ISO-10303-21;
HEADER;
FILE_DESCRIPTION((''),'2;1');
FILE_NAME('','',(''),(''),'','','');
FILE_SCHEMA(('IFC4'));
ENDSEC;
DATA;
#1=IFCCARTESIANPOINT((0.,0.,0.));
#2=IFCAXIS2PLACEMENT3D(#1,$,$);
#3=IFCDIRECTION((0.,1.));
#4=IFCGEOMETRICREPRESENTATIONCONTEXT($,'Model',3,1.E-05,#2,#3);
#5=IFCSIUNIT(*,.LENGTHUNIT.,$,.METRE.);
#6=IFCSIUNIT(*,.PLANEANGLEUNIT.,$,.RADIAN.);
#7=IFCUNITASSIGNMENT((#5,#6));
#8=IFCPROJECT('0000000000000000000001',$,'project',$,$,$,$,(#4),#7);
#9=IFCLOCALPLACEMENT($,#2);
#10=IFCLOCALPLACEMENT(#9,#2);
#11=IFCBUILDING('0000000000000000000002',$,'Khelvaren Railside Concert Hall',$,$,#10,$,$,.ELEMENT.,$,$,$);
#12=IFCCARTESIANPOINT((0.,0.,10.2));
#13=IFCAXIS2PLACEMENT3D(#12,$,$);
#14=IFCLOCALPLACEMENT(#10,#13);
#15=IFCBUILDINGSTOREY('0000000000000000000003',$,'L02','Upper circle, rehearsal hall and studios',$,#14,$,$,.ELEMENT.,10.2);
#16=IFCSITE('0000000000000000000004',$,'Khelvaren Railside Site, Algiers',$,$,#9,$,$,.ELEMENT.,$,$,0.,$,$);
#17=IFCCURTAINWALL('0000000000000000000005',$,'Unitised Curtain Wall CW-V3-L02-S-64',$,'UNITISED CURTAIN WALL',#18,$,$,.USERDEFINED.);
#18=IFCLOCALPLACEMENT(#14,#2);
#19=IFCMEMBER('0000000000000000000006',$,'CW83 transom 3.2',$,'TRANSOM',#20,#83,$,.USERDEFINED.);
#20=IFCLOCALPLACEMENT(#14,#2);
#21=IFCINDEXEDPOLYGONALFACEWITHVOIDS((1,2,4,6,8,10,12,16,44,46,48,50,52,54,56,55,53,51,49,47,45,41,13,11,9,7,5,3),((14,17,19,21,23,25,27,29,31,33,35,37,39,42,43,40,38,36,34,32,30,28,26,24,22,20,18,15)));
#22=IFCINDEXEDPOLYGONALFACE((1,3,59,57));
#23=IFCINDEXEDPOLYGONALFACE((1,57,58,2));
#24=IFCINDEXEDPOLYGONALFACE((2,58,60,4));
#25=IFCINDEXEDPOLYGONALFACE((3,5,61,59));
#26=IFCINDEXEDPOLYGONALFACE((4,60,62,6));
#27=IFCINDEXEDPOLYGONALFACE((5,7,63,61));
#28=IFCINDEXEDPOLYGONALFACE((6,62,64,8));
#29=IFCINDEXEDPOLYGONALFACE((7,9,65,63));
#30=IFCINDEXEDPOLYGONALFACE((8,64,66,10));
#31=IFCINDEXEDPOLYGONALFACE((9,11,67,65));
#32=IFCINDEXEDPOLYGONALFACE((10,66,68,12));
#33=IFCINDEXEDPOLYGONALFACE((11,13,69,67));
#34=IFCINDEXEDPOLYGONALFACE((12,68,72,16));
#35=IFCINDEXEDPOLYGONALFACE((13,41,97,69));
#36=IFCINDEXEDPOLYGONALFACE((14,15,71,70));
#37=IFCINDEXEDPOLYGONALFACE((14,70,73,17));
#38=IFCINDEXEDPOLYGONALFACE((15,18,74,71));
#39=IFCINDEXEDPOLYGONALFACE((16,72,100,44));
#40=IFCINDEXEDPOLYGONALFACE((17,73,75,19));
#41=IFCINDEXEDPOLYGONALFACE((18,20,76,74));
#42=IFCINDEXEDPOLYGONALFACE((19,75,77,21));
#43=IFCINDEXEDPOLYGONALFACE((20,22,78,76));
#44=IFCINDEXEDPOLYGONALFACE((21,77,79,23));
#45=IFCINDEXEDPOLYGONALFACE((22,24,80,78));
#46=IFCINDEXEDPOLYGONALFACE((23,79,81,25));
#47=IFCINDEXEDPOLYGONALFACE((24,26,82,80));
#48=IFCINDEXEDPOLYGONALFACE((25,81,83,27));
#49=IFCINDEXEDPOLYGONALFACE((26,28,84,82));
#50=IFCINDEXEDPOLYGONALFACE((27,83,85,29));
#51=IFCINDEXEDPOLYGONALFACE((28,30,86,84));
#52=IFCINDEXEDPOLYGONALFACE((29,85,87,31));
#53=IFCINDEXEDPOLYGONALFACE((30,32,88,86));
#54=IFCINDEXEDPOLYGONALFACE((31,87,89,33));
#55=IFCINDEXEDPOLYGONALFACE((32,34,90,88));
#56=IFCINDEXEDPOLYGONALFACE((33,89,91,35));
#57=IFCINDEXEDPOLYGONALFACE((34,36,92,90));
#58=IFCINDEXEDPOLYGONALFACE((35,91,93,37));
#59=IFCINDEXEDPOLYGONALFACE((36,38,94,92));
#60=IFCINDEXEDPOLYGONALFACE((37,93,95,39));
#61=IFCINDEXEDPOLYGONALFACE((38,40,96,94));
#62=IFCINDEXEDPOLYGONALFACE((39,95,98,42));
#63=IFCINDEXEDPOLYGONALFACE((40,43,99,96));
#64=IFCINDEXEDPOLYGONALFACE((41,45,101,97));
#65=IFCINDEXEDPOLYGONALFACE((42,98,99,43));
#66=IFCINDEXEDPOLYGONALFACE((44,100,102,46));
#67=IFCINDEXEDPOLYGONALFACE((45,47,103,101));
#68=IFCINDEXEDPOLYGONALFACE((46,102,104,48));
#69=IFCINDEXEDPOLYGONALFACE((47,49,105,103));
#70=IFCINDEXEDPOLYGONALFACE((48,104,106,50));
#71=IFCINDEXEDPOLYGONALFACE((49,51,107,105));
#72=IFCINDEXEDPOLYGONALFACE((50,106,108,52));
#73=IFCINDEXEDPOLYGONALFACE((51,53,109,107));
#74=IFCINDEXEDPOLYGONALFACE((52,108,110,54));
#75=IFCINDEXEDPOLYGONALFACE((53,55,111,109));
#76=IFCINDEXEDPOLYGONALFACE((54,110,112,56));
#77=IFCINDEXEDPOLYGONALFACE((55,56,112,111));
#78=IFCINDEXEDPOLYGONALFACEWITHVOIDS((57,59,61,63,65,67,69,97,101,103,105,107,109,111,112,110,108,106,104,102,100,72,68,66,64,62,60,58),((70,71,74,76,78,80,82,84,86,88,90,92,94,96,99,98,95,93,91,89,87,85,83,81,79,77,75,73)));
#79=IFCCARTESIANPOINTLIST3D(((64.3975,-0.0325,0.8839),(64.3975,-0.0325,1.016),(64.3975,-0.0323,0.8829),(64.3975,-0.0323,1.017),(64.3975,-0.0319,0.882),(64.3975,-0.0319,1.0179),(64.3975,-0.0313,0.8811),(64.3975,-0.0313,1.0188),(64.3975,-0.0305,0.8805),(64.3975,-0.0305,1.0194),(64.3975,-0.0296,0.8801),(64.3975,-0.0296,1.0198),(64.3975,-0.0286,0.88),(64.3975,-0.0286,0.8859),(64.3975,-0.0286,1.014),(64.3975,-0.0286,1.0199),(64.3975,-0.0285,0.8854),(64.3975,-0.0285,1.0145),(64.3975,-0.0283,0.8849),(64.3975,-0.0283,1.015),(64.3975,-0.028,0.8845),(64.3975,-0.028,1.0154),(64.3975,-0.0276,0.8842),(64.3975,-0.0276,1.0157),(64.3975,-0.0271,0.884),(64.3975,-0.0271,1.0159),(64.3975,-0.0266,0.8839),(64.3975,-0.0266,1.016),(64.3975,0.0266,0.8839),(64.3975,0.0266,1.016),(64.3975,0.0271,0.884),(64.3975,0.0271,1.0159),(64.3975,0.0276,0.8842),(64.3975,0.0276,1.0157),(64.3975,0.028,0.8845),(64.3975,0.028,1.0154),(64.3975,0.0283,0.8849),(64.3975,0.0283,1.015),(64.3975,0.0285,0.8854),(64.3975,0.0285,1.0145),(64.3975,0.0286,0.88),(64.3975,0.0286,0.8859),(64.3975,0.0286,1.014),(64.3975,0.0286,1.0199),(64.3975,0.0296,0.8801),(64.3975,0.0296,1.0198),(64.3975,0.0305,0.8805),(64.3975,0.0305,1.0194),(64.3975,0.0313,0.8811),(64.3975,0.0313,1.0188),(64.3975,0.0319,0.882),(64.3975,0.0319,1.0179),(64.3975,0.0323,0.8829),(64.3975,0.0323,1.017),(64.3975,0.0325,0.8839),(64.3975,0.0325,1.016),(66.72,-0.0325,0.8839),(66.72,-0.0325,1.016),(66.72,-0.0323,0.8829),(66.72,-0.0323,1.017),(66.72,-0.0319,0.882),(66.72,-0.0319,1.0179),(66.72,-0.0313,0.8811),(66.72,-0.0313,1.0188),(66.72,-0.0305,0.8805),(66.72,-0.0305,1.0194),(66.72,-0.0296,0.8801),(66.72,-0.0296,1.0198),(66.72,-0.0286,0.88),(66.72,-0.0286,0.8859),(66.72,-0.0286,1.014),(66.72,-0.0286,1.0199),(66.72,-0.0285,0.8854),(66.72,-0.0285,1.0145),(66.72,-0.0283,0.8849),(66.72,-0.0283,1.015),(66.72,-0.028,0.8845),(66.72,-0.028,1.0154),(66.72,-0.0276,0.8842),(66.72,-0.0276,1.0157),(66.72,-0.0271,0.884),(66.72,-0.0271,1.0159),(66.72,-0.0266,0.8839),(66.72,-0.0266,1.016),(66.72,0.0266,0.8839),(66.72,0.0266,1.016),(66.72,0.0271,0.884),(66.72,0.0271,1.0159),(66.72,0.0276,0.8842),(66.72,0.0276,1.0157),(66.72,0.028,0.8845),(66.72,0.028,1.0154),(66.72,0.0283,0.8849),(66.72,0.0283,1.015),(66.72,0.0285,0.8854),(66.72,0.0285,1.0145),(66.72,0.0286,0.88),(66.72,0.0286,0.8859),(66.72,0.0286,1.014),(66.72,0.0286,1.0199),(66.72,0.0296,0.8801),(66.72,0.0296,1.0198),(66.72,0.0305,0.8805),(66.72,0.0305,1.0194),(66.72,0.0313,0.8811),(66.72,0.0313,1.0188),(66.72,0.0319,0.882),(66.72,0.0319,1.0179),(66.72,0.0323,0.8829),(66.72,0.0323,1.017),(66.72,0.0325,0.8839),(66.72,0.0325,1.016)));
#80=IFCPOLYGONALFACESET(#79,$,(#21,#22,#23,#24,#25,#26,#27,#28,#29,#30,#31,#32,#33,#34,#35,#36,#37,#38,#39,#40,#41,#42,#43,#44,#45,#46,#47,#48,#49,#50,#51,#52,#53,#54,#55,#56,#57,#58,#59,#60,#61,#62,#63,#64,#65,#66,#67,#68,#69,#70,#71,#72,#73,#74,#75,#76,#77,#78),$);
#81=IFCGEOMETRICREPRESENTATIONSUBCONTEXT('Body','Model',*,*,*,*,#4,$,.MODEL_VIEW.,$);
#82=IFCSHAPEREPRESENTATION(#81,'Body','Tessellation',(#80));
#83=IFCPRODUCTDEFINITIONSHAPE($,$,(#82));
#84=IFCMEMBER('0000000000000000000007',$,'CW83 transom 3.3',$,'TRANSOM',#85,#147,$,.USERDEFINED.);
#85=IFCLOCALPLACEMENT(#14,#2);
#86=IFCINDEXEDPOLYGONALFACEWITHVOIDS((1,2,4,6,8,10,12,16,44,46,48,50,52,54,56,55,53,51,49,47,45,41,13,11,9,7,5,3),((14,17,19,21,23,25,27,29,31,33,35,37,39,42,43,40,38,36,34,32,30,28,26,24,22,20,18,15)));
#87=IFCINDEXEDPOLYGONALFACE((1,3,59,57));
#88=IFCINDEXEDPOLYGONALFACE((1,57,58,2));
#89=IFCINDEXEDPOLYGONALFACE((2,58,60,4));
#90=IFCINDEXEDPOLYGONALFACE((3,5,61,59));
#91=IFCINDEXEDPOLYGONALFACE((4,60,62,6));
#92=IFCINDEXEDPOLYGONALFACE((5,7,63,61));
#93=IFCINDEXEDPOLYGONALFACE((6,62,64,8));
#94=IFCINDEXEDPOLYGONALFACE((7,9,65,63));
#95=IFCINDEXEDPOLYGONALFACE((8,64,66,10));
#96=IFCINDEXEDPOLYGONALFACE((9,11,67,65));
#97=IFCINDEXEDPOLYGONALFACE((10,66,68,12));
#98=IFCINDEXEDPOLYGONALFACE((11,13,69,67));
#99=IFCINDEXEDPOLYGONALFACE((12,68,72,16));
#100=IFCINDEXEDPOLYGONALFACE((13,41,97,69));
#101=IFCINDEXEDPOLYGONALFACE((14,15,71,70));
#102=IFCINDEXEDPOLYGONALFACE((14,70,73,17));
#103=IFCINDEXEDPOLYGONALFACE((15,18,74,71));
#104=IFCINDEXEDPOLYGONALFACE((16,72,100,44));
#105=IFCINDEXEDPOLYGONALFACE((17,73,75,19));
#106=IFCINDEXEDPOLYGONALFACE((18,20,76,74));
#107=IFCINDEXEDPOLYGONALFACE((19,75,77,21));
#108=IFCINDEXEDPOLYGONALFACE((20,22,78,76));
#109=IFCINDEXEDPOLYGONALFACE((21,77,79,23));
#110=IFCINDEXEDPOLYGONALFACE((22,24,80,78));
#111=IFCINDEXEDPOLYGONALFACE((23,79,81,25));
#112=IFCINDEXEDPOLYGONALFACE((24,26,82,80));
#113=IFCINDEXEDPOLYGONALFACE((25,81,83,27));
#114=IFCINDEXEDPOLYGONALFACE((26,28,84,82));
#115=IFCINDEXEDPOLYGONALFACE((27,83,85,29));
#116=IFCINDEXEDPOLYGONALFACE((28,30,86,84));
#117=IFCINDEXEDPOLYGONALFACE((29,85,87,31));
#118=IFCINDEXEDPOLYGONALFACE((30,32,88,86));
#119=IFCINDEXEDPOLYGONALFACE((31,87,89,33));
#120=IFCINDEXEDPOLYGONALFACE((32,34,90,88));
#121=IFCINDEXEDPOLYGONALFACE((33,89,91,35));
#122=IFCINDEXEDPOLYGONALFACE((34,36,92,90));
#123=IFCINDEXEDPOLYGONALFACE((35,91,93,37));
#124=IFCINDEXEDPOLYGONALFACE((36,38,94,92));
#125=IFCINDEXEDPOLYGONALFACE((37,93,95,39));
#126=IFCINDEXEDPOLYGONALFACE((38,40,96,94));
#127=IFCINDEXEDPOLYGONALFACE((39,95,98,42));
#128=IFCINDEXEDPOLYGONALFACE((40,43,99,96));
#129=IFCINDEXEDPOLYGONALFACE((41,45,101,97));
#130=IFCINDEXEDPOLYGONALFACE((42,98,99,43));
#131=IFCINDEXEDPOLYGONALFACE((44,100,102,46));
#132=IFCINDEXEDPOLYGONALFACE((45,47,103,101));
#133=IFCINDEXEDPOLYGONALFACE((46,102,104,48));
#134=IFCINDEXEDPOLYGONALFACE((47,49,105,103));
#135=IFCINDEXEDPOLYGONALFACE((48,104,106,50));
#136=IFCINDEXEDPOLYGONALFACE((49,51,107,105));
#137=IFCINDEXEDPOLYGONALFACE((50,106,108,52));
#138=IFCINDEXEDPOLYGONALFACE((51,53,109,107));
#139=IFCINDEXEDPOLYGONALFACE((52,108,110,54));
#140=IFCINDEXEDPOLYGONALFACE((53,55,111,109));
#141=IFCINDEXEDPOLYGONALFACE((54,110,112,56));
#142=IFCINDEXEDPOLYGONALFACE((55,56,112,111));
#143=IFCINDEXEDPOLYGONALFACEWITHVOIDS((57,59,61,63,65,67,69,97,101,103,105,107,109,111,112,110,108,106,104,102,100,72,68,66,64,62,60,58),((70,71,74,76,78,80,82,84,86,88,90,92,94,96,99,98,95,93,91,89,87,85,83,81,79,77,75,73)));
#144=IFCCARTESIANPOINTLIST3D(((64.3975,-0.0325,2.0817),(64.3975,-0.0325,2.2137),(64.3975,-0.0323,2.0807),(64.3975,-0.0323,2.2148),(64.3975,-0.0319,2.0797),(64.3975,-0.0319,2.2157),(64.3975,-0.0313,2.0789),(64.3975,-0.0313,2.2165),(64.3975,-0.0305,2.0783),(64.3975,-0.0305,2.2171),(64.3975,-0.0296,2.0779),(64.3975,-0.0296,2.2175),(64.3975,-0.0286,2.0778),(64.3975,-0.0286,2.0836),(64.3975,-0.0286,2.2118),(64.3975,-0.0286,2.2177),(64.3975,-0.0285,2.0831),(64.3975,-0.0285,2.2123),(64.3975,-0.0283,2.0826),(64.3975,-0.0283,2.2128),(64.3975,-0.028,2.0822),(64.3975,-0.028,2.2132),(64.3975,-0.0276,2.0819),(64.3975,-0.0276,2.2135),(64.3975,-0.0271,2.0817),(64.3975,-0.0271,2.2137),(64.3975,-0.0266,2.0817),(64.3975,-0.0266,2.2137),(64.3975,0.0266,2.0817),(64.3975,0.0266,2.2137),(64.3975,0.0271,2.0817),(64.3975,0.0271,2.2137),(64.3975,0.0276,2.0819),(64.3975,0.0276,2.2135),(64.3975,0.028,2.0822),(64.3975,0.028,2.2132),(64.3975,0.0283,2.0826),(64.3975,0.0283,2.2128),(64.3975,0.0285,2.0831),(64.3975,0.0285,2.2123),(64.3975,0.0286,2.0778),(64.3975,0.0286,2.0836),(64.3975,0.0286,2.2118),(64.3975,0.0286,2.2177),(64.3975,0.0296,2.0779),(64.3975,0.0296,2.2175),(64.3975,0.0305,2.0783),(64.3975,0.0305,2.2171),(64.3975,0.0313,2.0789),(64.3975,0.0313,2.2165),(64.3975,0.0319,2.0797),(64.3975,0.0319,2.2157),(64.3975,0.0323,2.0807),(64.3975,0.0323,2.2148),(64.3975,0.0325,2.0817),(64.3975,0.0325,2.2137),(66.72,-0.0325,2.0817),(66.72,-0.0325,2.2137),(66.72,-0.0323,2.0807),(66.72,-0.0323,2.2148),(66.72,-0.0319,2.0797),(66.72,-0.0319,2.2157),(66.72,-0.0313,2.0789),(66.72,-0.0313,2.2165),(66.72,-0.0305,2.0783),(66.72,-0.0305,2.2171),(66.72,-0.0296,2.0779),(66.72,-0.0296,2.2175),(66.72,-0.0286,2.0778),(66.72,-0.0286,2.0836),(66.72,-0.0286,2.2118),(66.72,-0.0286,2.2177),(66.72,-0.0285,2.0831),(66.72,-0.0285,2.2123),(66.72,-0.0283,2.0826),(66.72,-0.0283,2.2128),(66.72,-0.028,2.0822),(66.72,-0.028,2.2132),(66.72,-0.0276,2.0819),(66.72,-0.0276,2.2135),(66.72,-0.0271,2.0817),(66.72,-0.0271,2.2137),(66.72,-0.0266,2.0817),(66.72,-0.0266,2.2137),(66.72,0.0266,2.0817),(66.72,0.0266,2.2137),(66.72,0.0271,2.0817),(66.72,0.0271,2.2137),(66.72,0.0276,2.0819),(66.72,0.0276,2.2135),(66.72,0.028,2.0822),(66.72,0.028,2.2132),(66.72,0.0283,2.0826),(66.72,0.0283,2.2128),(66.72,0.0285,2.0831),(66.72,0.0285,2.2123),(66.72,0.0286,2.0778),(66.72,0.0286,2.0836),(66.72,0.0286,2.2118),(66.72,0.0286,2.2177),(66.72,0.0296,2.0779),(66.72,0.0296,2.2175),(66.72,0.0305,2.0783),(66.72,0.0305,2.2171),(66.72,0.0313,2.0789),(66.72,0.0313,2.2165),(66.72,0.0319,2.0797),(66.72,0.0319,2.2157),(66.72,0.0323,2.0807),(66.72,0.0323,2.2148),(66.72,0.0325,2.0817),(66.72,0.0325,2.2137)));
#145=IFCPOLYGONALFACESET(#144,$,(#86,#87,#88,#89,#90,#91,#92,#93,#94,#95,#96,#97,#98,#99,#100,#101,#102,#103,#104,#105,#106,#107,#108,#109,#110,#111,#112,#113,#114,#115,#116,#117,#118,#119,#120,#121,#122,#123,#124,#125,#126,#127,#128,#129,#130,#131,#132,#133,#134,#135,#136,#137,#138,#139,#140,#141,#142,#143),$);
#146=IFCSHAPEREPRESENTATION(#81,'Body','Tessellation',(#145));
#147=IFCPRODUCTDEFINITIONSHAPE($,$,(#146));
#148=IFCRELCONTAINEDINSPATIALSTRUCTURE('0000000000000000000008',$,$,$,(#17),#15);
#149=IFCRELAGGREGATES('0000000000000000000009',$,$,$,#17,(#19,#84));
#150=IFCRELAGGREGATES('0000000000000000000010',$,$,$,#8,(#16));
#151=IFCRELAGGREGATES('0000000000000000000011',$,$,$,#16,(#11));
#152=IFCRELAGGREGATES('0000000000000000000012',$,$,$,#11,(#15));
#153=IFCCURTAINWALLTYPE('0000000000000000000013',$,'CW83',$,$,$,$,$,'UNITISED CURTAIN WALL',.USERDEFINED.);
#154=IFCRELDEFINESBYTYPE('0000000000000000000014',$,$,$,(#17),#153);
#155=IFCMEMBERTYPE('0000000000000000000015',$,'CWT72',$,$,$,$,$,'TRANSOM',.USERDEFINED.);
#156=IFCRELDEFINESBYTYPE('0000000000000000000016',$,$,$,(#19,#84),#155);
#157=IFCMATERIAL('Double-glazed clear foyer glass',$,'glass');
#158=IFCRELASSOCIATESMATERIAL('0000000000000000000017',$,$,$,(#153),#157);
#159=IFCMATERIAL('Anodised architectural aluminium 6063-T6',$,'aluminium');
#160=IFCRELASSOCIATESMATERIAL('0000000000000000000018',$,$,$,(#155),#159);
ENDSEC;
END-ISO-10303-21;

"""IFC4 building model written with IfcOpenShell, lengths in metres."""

from ifc_helpers import new_model, si_unit, direction, frame, origin, origin_2d, place, context, subcontext, project, spatial, hollow_rectangle, extrude, material, material_profile, profile_set, type_object, element, aggregate, save


model = new_model("IFC4")

# Units and contexts
model_context = context("Model", 3, precision=1e-05, world=origin(), true_north=direction((0.0, 1.0)))
body_context = subcontext(model_context, "Body", "Model", "MODEL_VIEW")
ifc_project = project(units=[si_unit("LENGTHUNIT", "METRE"), si_unit("PLANEANGLEUNIT", "RADIAN")], contexts=[model_context])

# Site, building, storey
site_placement = place(None, origin())
site = spatial("IfcSite", under=ifc_project, at=site_placement, Name="Khelvaren Railside Site, Algiers", CompositionType="ELEMENT", RefElevation=0.0)
building_placement = place(site_placement, origin())
building = spatial("IfcBuilding", under=site, at=building_placement, Name="Khelvaren Railside Concert Hall", CompositionType="ELEMENT")
storey_placement = place(building_placement, frame((0.0, 0.0, 10.2)))
storey = spatial("IfcBuildingStorey", under=building, at=storey_placement, Name="L02", Description="Upper circle, rehearsal hall and studios", CompositionType="ELEMENT", Elevation=10.2)

# Curtain wall, members
ifc_material_1 = material(Name="Double-glazed clear foyer glass", Category="glass")
curtain_wall_type = type_object("IfcCurtainWallType", Name="CW83", ElementType="UNITISED CURTAIN WALL", PredefinedType="USERDEFINED", material=ifc_material_1)
curtain_wall_placement = place(storey_placement, origin())
curtain_wall = element("IfcCurtainWall", 1, at=curtain_wall_placement, inside=storey, type_object=curtain_wall_type, Name="Unitised Curtain Wall CW-V3-L02-S-64", ObjectType="UNITISED CURTAIN WALL", PredefinedType="USERDEFINED")
ifc_material_2 = material(Name="Anodised architectural aluminium 6063-T6", Category="aluminium")
ifc_material_profile_1 = material_profile(ifc_material_2, hollow_rectangle(XDim=0.0649, YDim=0.1399, WallThickness=0.0039, InnerFilletRadius=0.002, OuterFilletRadius=0.0039, at=origin_2d()), Name="CWT 65x140x4")
ifc_profile_set_1 = profile_set([ifc_material_profile_1], Name="Anodised architectural aluminium 6063-T6")
member_type_1 = type_object("IfcMemberType", Name="CWT72", ElementType="TRANSOM", PredefinedType="USERDEFINED", material=ifc_profile_set_1)
member_1_placement = place(storey_placement, frame((66.72, 0.0, 0.95), z_axis=(-1.0, 0.0, 0.0), x_axis=(0.0, -1.0, 0.0)))
member_1 = element("IfcMember", 2, at=member_1_placement, type_object=member_type_1, Name="CW83 transom 3.2", ObjectType="TRANSOM", PredefinedType="USERDEFINED", context=body_context, shape_type="SweptSolid", body=[
    extrude(hollow_rectangle(XDim=0.0649, YDim=0.1399, WallThickness=0.0039, InnerFilletRadius=0.002, OuterFilletRadius=0.0039, at=origin_2d()), origin(), (0.0, 0.0, 1.0), 2.3225),
])
member_2_placement = place(storey_placement, frame((66.72, 0.0, 2.1477), z_axis=(-1.0, 0.0, 0.0), x_axis=(0.0, -1.0, 0.0)))
member_2 = element("IfcMember", 3, at=member_2_placement, type_object=member_type_1, Name="CW83 transom 3.3", ObjectType="TRANSOM", PredefinedType="USERDEFINED", context=body_context, shape_type="SweptSolid", body=[
    extrude(hollow_rectangle(XDim=0.0649, YDim=0.1399, WallThickness=0.0039, InnerFilletRadius=0.002, OuterFilletRadius=0.0039, at=origin_2d()), origin(), (0.0, 0.0, 1.0), 2.3225),
])

aggregate(curtain_wall, [member_1, member_2])

save(model, "model.ifc")
